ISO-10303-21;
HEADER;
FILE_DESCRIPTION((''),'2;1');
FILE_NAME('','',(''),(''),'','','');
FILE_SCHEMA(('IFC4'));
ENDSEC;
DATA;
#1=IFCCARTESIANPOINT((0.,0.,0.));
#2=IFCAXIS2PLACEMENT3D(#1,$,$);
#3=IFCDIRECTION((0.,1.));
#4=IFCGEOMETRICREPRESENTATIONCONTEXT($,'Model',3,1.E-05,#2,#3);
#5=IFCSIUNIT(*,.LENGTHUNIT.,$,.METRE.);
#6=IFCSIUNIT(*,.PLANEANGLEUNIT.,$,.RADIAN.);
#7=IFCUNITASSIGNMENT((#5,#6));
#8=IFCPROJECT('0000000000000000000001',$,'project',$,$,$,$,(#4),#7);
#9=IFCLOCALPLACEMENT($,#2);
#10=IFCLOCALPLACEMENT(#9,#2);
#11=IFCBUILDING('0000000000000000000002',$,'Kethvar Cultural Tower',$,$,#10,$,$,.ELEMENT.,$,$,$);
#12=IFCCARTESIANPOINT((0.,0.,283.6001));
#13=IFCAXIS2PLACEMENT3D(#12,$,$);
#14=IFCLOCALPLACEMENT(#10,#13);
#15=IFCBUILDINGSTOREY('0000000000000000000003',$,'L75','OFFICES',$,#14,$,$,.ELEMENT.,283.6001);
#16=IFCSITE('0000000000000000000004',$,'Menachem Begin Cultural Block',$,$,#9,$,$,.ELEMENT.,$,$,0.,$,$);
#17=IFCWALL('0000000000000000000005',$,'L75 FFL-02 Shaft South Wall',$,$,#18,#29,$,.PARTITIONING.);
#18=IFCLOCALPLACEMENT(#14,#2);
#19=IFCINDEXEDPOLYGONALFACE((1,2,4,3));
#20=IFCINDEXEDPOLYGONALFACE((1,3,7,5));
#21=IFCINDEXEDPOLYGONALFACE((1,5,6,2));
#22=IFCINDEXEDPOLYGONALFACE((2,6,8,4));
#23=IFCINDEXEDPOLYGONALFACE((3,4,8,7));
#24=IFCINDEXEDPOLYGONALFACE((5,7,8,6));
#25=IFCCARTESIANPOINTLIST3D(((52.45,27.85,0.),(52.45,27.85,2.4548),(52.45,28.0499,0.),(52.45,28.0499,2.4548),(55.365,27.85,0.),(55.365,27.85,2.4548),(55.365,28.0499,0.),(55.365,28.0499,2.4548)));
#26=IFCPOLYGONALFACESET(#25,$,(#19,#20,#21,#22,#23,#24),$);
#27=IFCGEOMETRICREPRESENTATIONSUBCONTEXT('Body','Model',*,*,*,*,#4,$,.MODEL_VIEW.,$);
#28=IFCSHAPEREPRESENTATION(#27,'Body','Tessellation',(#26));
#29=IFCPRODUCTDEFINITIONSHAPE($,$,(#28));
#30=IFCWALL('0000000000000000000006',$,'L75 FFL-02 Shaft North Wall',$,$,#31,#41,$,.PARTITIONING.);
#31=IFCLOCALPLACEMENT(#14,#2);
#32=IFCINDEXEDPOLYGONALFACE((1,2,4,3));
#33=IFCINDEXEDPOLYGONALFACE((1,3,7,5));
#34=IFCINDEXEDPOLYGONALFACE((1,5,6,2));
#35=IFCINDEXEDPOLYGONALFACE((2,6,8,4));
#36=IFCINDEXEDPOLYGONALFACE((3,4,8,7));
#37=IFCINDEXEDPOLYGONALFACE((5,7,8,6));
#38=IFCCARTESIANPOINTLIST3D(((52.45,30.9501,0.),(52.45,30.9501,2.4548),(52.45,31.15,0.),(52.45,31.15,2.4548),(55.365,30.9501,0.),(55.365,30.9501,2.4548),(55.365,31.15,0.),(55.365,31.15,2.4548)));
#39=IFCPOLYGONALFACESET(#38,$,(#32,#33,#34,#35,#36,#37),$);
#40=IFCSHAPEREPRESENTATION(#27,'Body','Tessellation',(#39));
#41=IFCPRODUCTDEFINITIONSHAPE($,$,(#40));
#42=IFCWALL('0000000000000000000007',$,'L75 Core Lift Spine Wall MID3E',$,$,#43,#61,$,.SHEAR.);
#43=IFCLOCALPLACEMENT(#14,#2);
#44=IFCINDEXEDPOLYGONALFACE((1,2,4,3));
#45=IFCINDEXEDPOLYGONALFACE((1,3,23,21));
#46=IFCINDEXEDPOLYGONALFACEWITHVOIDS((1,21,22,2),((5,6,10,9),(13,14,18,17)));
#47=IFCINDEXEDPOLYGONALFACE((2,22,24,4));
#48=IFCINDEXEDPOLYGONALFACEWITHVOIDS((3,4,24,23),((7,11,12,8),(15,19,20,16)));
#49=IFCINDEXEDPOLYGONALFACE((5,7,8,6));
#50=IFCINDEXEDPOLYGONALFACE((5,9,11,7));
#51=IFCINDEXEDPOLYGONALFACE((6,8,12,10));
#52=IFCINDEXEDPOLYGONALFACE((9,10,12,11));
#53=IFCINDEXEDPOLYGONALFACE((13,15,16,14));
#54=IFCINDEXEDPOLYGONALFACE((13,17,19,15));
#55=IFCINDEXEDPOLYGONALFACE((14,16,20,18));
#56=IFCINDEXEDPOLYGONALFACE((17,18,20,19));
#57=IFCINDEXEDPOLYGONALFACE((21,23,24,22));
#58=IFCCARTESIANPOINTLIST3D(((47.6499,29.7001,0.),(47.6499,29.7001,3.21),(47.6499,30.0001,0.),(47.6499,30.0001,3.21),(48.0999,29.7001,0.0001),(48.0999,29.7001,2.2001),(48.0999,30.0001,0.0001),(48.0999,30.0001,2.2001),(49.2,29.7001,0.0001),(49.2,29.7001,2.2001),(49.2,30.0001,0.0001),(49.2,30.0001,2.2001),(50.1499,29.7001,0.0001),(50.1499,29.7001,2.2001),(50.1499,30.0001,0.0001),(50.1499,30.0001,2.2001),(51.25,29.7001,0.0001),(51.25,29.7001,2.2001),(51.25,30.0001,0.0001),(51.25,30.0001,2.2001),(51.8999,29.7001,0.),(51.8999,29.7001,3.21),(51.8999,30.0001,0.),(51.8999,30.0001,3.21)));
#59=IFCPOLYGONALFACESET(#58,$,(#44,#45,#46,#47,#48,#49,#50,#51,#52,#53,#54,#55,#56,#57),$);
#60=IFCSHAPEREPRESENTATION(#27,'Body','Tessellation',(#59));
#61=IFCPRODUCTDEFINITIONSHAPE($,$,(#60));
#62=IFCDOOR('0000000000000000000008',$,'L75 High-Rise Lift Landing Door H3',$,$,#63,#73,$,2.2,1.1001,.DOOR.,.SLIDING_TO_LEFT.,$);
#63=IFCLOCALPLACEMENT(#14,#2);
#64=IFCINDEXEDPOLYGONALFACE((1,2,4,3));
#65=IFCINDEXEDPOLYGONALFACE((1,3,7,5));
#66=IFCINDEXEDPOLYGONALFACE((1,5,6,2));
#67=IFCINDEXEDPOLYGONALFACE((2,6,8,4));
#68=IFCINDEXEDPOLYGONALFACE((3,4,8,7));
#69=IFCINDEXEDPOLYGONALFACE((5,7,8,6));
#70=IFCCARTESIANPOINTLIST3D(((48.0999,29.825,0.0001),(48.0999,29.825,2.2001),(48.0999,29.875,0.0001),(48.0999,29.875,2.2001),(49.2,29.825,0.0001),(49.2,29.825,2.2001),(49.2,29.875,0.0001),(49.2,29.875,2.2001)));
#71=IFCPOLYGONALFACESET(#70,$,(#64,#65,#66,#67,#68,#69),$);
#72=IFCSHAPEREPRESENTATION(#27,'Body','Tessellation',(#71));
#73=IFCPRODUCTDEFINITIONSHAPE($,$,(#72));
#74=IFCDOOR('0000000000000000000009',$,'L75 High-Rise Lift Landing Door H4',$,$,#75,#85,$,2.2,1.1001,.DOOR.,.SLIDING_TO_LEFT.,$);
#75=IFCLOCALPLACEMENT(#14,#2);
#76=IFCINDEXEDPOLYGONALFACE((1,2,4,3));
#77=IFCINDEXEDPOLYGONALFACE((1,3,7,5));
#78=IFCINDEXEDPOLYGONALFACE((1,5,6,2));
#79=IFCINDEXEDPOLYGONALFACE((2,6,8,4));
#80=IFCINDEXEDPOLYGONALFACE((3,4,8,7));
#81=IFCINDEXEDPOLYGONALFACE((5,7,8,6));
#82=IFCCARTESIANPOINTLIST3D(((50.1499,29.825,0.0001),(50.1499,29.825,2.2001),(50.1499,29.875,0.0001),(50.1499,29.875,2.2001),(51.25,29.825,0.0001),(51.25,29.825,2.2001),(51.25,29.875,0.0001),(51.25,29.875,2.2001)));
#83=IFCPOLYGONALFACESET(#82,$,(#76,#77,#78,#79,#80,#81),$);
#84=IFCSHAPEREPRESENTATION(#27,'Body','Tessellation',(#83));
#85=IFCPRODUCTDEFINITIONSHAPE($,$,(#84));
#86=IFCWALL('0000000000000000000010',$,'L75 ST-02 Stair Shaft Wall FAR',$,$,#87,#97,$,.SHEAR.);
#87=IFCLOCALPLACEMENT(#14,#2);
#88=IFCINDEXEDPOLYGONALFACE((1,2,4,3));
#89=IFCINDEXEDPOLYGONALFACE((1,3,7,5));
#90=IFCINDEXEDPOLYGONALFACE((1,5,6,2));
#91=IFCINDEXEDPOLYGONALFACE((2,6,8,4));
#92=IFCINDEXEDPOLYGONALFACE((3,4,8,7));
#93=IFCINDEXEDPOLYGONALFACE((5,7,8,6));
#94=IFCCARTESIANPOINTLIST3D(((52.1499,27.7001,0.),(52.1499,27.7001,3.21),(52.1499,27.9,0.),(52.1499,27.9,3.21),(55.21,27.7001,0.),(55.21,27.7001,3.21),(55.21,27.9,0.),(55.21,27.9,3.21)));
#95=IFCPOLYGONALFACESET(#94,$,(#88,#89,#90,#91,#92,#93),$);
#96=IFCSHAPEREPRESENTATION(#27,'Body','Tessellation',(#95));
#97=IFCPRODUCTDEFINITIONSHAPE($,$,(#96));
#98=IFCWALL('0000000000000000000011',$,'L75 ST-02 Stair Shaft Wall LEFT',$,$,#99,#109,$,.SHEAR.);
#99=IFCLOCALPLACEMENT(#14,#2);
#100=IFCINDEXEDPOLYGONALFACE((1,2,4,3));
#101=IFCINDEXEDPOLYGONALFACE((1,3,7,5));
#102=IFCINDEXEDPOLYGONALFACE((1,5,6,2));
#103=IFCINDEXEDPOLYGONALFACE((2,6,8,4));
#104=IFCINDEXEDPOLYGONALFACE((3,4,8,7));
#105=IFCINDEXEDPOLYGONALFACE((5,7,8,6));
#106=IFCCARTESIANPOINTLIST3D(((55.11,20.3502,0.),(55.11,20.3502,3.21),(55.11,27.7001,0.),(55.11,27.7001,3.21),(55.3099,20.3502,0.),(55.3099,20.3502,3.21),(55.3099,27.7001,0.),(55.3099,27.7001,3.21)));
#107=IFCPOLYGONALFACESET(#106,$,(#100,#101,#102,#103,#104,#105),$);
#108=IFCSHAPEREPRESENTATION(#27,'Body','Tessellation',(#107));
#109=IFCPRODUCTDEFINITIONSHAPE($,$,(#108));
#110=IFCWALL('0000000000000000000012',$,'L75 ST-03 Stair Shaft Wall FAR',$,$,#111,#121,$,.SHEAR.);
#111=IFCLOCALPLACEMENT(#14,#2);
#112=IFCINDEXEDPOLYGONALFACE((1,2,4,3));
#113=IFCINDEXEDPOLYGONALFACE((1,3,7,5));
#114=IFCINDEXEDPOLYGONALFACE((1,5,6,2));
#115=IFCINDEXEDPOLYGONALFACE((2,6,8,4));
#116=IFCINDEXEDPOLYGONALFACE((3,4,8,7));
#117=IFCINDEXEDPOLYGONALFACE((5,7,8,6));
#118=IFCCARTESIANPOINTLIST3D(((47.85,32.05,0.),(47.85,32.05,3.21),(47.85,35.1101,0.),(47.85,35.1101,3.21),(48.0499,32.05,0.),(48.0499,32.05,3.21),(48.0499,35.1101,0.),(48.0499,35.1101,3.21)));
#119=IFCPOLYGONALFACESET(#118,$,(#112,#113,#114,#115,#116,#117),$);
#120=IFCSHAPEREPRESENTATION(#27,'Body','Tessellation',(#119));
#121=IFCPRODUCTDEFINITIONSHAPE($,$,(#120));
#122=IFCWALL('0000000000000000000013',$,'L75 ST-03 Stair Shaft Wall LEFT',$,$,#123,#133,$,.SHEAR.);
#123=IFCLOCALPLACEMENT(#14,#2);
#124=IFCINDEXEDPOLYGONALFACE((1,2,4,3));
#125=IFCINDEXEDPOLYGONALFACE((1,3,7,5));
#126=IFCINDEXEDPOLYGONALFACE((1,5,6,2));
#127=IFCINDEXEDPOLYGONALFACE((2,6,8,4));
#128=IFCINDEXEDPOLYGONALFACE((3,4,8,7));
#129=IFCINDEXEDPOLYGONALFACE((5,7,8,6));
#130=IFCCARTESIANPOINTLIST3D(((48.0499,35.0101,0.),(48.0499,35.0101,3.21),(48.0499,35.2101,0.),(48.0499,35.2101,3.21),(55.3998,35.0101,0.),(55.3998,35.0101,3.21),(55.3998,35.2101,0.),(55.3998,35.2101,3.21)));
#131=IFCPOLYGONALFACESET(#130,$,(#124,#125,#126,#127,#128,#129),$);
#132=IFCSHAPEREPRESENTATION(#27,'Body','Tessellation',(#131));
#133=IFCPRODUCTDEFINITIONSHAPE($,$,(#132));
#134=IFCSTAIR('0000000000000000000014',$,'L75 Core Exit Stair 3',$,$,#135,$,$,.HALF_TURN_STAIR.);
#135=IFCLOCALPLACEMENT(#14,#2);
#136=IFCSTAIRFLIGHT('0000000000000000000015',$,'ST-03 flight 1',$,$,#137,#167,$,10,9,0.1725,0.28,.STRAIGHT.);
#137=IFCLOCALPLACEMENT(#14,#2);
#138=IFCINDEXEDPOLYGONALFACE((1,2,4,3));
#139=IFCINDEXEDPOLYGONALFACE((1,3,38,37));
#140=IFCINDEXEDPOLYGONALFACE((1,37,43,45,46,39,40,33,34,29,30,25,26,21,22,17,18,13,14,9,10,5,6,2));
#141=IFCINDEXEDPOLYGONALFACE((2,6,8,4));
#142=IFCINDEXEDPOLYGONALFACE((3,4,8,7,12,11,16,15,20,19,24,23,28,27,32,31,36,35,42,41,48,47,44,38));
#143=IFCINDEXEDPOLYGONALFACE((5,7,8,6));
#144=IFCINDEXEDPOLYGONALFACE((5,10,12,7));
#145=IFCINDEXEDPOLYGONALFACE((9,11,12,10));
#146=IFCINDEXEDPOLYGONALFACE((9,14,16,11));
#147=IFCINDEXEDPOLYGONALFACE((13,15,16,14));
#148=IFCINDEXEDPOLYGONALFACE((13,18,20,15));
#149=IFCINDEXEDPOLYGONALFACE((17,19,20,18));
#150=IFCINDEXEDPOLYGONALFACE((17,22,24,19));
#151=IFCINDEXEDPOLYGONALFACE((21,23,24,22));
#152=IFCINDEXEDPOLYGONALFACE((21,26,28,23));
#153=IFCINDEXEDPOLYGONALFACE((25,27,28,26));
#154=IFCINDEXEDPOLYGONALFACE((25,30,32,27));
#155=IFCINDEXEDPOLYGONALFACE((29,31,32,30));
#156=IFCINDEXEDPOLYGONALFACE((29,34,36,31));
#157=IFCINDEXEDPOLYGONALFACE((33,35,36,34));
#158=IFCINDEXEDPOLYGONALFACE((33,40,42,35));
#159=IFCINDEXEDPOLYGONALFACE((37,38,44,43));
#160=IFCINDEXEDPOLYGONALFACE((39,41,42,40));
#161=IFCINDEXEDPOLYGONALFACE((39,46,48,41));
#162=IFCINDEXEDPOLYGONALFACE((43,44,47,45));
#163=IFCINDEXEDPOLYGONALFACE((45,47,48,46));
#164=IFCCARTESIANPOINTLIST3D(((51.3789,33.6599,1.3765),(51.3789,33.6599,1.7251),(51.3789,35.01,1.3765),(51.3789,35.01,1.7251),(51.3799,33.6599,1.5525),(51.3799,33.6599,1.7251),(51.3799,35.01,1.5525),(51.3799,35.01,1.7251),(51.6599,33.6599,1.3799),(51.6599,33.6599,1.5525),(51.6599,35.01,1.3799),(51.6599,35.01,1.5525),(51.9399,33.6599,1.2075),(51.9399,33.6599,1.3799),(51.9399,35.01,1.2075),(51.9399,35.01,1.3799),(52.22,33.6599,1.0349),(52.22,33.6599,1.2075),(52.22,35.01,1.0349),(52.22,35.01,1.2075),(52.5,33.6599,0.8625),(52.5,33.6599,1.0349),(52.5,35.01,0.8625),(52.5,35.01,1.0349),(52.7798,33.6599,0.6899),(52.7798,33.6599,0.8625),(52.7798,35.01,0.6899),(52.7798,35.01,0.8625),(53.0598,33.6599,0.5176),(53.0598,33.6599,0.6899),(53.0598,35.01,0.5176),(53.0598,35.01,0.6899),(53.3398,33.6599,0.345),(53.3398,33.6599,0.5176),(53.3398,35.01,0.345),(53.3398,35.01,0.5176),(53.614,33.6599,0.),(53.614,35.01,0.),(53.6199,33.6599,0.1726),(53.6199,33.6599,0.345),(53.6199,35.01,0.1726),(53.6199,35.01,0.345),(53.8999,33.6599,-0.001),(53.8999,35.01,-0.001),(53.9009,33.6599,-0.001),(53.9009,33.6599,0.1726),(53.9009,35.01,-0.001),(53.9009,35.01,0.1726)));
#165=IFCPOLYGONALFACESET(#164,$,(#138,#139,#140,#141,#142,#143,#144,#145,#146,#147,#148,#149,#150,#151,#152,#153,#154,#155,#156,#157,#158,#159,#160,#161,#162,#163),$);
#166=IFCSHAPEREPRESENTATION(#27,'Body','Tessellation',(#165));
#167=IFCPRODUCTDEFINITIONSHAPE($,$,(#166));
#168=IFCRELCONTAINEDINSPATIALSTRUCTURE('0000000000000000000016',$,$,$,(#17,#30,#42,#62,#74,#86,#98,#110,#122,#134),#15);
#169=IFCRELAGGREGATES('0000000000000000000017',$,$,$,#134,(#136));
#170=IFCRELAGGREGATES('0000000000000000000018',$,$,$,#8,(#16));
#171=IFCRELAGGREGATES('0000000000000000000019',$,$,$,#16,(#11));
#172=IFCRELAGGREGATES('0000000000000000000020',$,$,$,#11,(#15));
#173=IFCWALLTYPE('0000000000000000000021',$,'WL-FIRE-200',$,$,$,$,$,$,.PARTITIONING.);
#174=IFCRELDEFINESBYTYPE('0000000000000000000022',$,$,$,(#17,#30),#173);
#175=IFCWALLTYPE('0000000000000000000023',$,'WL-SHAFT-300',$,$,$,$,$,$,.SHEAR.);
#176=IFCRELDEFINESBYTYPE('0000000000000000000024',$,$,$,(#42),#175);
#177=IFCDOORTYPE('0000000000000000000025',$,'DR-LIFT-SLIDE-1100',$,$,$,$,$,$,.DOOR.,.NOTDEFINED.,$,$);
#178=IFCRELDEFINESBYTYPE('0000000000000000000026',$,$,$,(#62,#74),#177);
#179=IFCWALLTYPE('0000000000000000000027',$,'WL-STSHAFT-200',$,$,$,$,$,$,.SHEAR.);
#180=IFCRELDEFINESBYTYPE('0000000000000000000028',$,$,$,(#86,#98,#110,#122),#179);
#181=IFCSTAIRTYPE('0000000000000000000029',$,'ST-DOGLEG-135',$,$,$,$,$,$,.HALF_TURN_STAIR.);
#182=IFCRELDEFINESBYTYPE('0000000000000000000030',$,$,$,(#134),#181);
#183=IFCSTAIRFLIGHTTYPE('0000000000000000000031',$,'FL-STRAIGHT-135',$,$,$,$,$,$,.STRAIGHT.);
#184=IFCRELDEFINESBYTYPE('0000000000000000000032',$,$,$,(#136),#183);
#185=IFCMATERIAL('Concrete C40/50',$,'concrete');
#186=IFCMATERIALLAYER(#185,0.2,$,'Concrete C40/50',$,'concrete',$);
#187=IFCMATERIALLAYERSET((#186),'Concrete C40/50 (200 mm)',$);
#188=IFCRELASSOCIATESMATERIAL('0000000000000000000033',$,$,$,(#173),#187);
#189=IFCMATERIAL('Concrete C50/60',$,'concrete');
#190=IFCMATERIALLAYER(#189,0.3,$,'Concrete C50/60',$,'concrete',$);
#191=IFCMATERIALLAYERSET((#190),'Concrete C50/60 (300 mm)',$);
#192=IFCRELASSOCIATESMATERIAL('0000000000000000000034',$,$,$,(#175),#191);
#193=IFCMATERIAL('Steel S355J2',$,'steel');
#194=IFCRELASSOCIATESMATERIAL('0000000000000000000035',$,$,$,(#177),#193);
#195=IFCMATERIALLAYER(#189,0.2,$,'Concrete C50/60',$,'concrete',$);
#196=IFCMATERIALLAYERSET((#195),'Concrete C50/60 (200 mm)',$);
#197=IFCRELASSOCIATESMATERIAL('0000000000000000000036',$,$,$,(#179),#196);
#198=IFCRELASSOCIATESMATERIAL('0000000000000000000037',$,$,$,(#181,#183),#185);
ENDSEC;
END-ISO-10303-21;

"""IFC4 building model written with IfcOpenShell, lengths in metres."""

from ifc_helpers import new_model, si_unit, direction, frame, frame_2d, origin, place, context, subcontext, project, spatial, polyline, rectangle, outline, extrude, source, transform, mapped, material, layer, layer_set, type_object, element, fill, aggregate, save


model = new_model("IFC4")

# Units and contexts
model_context = context("Model", 3, precision=1e-05, world=origin(), true_north=direction((0.0, 1.0)))
body_context = subcontext(model_context, "Body", "Model", "MODEL_VIEW")
ifc_project = project(units=[si_unit("LENGTHUNIT", "METRE"), si_unit("PLANEANGLEUNIT", "RADIAN")], contexts=[model_context])

# Site, building, storey
site_placement = place(None, origin())
site = spatial("IfcSite", under=ifc_project, at=site_placement, Name="Menachem Begin Cultural Block", CompositionType="ELEMENT", RefElevation=0.0)
building_placement = place(site_placement, origin())
building = spatial("IfcBuilding", under=site, at=building_placement, Name="Kethvar Cultural Tower", CompositionType="ELEMENT")
storey_placement = place(building_placement, frame((0.0, 0.0, 283.6001)))
storey = spatial("IfcBuildingStorey", under=building, at=storey_placement, Name="L75", Description="OFFICES", CompositionType="ELEMENT", Elevation=283.6001)

# Shared definitions
ifc_material_1 = material(Name="Steel S355J2", Category="steel")

# Walls
ifc_material_2 = material(Name="Concrete C40/50", Category="concrete")
ifc_layer_1 = layer(ifc_material_2, 0.2, Name="Concrete C40/50", Category="concrete")
ifc_layer_set_1 = layer_set([ifc_layer_1], Name="Concrete C40/50 (200 mm)")
wall_type_1 = type_object("IfcWallType", Name="WL-FIRE-200", PredefinedType="PARTITIONING", material=ifc_layer_set_1)
for number, where, z_axis, x_axis, name in (
    (1, (52.45, 27.95, 0.0), (0.0, 0.0, 1.0), (1.0, 0.0, 0.0), "L75 FFL-02 Shaft South Wall"),
    (2, (52.45, 31.05, 0.0), (0.0, 0.0, 1.0), (1.0, 0.0, 0.0), "L75 FFL-02 Shaft North Wall"),
):
    element("IfcWall", number, at=place(storey_placement, frame(where, z_axis=z_axis, x_axis=x_axis)), inside=storey, type_object=wall_type_1, Name=name, PredefinedType="PARTITIONING", context=body_context, shape_type="SweptSolid", body=[
        extrude(rectangle(XDim=2.915, YDim=0.2, at=frame_2d((1.4575, 0.0))), origin(), (0.0, 0.0, 1.0), 2.4548),
    ])

# Wall, openings, doors
ifc_material_3 = material(Name="Concrete C50/60", Category="concrete")
ifc_layer_2 = layer(ifc_material_3, 0.3, Name="Concrete C50/60", Category="concrete")
ifc_layer_set_2 = layer_set([ifc_layer_2], Name="Concrete C50/60 (300 mm)")
wall_type_2 = type_object("IfcWallType", Name="WL-SHAFT-300", PredefinedType="SHEAR", material=ifc_layer_set_2)
wall_1_placement = place(storey_placement, frame((47.6499, 29.8501, 0.0), z_axis=(0.0, 0.0, 1.0), x_axis=(1.0, 0.0, 0.0)))
wall_1 = element("IfcWall", 3, at=wall_1_placement, inside=storey, type_object=wall_type_2, Name="L75 Core Lift Spine Wall MID3E", PredefinedType="SHEAR", context=body_context, shape_type="SweptSolid", body=[
    extrude(rectangle(XDim=4.25, YDim=0.3, at=frame_2d((2.125, 0.0))), origin(), (0.0, 0.0, 1.0), 3.21),
])
opening_1_placement = place(wall_1_placement, frame((0.45, 0.0, 0.0)))
opening_1 = element("IfcOpeningElement", 4, at=opening_1_placement, cuts=wall_1, PredefinedType="OPENING", context=body_context, shape_type="SweptSolid", body=[
    extrude(rectangle(XDim=1.1001, YDim=2.2, at=frame_2d((0.55, 1.1001))), frame((0.0, 0.1599, 0.0), z_axis=(0.0, -1.0, 0.0), x_axis=(1.0, 0.0, 0.0)), (0.0, 0.0, 1.0), 0.3201),
])
opening_2_placement = place(wall_1_placement, frame((2.5, 0.0, 0.0)))
opening_2 = element("IfcOpeningElement", 5, at=opening_2_placement, cuts=wall_1, PredefinedType="OPENING", context=body_context, shape_type="SweptSolid", body=[
    extrude(rectangle(XDim=1.1001, YDim=2.2, at=frame_2d((0.55, 1.1001))), frame((0.0, 0.1599, 0.0), z_axis=(0.0, -1.0, 0.0), x_axis=(1.0, 0.0, 0.0)), (0.0, 0.0, 1.0), 0.3201),
])
door_type = type_object("IfcDoorType", Name="DR-LIFT-SLIDE-1100", OperationType="NOTDEFINED", PredefinedType="DOOR", material=ifc_material_1)
shared_shape_1 = source(origin(), body_context, "Body", "SweptSolid", [
    extrude(rectangle(XDim=1.1001, YDim=2.2, at=frame_2d((0.55, 1.1001))), frame((0.0, 0.0249, 0.0), z_axis=(0.0, -1.0, 0.0), x_axis=(1.0, 0.0, 0.0)), (0.0, 0.0, 1.0), 0.05),
])
door_1_placement = place(opening_1_placement, origin())
door_1 = element("IfcDoor", 6, at=door_1_placement, inside=storey, type_object=door_type, Name="L75 High-Rise Lift Landing Door H3", OperationType="SLIDING_TO_LEFT", OverallHeight=2.2, OverallWidth=1.1001, PredefinedType="DOOR", context=body_context, shape_type="MappedRepresentation", body=[
    mapped(shared_shape_1, transform((0.0, 0.0, 0.0), scale=1.0)),
])
fill(opening_1, door_1)
door_2_placement = place(opening_2_placement, origin())
door_2 = element("IfcDoor", 7, at=door_2_placement, inside=storey, type_object=door_type, Name="L75 High-Rise Lift Landing Door H4", OperationType="SLIDING_TO_LEFT", OverallHeight=2.2, OverallWidth=1.1001, PredefinedType="DOOR", context=body_context, shape_type="MappedRepresentation", body=[
    mapped(shared_shape_1, transform((0.0, 0.0, 0.0), scale=1.0)),
])
fill(opening_2, door_2)

# Walls
ifc_layer_3 = layer(ifc_material_3, 0.2, Name="Concrete C50/60", Category="concrete")
ifc_layer_set_3 = layer_set([ifc_layer_3], Name="Concrete C50/60 (200 mm)")
wall_type_3 = type_object("IfcWallType", Name="WL-STSHAFT-200", PredefinedType="SHEAR", material=ifc_layer_set_3)
wall_2_placement = place(storey_placement, frame((52.1499, 27.8, 0.0), z_axis=(0.0, 0.0, 1.0), x_axis=(1.0, 0.0, 0.0)))
element("IfcWall", 8, at=wall_2_placement, inside=storey, type_object=wall_type_3, Name="L75 ST-02 Stair Shaft Wall FAR", PredefinedType="SHEAR", context=body_context, shape_type="SweptSolid", body=[
    extrude(rectangle(XDim=3.0601, YDim=0.2, at=frame_2d((1.53, 0.0))), origin(), (0.0, 0.0, 1.0), 3.21),
])
wall_3_placement = place(storey_placement, frame((55.21, 27.7, 0.0), z_axis=(0.0, 0.0, 1.0), x_axis=(0.0, -1.0, 0.0)))
element("IfcWall", 9, at=wall_3_placement, inside=storey, type_object=wall_type_3, Name="L75 ST-02 Stair Shaft Wall LEFT", PredefinedType="SHEAR", context=body_context, shape_type="SweptSolid", body=[
    extrude(rectangle(XDim=7.3499, YDim=0.2, at=frame_2d((3.6748, 0.0))), origin(), (0.0, 0.0, 1.0), 3.21),
])
wall_4_placement = place(storey_placement, frame((47.95, 32.05, 0.0), z_axis=(0.0, 0.0, 1.0), x_axis=(0.0, 1.0, 0.0)))
element("IfcWall", 10, at=wall_4_placement, inside=storey, type_object=wall_type_3, Name="L75 ST-03 Stair Shaft Wall FAR", PredefinedType="SHEAR", context=body_context, shape_type="SweptSolid", body=[
    extrude(rectangle(XDim=3.0601, YDim=0.2, at=frame_2d((1.53, 0.0))), origin(), (0.0, 0.0, 1.0), 3.21),
])
wall_5_placement = place(storey_placement, frame((48.05, 35.1101, 0.0), z_axis=(0.0, 0.0, 1.0), x_axis=(1.0, 0.0, 0.0)))
element("IfcWall", 11, at=wall_5_placement, inside=storey, type_object=wall_type_3, Name="L75 ST-03 Stair Shaft Wall LEFT", PredefinedType="SHEAR", context=body_context, shape_type="SweptSolid", body=[
    extrude(rectangle(XDim=7.3499, YDim=0.2, at=frame_2d((3.6748, 0.0))), origin(), (0.0, 0.0, 1.0), 3.21),
])

# Stair, stair flight
stair_type = type_object("IfcStairType", Name="ST-DOGLEG-135", PredefinedType="HALF_TURN_STAIR", material=ifc_material_2)
stair_placement = place(storey_placement, origin())
stair = element("IfcStair", 12, at=stair_placement, inside=storey, type_object=stair_type, Name="L75 Core Exit Stair 3", PredefinedType="HALF_TURN_STAIR")
stair_flight_type = type_object("IfcStairFlightType", Name="FL-STRAIGHT-135", PredefinedType="STRAIGHT", material=ifc_material_2)
stair_flight_1_placement = place(storey_placement, frame((53.8999, 34.335, 0.0), z_axis=(0.0, 0.0, 1.0), x_axis=(-1.0, 0.0, 0.0)))
stair_flight_1 = element("IfcStairFlight", 13, at=stair_flight_1_placement, type_object=stair_flight_type, Name="ST-03 flight 1", NumberOfRisers=10, NumberOfTreads=9, PredefinedType="STRAIGHT", RiserHeight=0.1725, TreadLength=0.28, context=body_context, shape_type="SweptSolid", body=[
    extrude(outline(polyline([(-0.001, -0.001), (-0.001, 0.1726), (0.28, 0.1726), (0.28, 0.345), (0.5601, 0.345), (0.5601, 0.5176), (0.8401, 0.5176), (0.8401, 0.6899), (1.1201, 0.6899), (1.1201, 0.8625), (1.3999, 0.8625), (1.3999, 1.0349), (1.6799, 1.0349), (1.6799, 1.2075), (1.96, 1.2075), (1.96, 1.3799), (2.24, 1.3799), (2.24, 1.5525), (2.52, 1.5525), (2.52, 1.7251), (2.521, 1.7251), (2.521, 1.3765), (0.2859, 0.0), (0.0, -0.001), (-0.001, -0.001)])), frame((0.0, 0.675, 0.0), z_axis=(0.0, -1.0, 0.0), x_axis=(1.0, 0.0, 0.0)), (0.0, 0.0, 1.0), 1.3501),
])
aggregate(stair, [stair_flight_1])

save(model, "model.ifc")
